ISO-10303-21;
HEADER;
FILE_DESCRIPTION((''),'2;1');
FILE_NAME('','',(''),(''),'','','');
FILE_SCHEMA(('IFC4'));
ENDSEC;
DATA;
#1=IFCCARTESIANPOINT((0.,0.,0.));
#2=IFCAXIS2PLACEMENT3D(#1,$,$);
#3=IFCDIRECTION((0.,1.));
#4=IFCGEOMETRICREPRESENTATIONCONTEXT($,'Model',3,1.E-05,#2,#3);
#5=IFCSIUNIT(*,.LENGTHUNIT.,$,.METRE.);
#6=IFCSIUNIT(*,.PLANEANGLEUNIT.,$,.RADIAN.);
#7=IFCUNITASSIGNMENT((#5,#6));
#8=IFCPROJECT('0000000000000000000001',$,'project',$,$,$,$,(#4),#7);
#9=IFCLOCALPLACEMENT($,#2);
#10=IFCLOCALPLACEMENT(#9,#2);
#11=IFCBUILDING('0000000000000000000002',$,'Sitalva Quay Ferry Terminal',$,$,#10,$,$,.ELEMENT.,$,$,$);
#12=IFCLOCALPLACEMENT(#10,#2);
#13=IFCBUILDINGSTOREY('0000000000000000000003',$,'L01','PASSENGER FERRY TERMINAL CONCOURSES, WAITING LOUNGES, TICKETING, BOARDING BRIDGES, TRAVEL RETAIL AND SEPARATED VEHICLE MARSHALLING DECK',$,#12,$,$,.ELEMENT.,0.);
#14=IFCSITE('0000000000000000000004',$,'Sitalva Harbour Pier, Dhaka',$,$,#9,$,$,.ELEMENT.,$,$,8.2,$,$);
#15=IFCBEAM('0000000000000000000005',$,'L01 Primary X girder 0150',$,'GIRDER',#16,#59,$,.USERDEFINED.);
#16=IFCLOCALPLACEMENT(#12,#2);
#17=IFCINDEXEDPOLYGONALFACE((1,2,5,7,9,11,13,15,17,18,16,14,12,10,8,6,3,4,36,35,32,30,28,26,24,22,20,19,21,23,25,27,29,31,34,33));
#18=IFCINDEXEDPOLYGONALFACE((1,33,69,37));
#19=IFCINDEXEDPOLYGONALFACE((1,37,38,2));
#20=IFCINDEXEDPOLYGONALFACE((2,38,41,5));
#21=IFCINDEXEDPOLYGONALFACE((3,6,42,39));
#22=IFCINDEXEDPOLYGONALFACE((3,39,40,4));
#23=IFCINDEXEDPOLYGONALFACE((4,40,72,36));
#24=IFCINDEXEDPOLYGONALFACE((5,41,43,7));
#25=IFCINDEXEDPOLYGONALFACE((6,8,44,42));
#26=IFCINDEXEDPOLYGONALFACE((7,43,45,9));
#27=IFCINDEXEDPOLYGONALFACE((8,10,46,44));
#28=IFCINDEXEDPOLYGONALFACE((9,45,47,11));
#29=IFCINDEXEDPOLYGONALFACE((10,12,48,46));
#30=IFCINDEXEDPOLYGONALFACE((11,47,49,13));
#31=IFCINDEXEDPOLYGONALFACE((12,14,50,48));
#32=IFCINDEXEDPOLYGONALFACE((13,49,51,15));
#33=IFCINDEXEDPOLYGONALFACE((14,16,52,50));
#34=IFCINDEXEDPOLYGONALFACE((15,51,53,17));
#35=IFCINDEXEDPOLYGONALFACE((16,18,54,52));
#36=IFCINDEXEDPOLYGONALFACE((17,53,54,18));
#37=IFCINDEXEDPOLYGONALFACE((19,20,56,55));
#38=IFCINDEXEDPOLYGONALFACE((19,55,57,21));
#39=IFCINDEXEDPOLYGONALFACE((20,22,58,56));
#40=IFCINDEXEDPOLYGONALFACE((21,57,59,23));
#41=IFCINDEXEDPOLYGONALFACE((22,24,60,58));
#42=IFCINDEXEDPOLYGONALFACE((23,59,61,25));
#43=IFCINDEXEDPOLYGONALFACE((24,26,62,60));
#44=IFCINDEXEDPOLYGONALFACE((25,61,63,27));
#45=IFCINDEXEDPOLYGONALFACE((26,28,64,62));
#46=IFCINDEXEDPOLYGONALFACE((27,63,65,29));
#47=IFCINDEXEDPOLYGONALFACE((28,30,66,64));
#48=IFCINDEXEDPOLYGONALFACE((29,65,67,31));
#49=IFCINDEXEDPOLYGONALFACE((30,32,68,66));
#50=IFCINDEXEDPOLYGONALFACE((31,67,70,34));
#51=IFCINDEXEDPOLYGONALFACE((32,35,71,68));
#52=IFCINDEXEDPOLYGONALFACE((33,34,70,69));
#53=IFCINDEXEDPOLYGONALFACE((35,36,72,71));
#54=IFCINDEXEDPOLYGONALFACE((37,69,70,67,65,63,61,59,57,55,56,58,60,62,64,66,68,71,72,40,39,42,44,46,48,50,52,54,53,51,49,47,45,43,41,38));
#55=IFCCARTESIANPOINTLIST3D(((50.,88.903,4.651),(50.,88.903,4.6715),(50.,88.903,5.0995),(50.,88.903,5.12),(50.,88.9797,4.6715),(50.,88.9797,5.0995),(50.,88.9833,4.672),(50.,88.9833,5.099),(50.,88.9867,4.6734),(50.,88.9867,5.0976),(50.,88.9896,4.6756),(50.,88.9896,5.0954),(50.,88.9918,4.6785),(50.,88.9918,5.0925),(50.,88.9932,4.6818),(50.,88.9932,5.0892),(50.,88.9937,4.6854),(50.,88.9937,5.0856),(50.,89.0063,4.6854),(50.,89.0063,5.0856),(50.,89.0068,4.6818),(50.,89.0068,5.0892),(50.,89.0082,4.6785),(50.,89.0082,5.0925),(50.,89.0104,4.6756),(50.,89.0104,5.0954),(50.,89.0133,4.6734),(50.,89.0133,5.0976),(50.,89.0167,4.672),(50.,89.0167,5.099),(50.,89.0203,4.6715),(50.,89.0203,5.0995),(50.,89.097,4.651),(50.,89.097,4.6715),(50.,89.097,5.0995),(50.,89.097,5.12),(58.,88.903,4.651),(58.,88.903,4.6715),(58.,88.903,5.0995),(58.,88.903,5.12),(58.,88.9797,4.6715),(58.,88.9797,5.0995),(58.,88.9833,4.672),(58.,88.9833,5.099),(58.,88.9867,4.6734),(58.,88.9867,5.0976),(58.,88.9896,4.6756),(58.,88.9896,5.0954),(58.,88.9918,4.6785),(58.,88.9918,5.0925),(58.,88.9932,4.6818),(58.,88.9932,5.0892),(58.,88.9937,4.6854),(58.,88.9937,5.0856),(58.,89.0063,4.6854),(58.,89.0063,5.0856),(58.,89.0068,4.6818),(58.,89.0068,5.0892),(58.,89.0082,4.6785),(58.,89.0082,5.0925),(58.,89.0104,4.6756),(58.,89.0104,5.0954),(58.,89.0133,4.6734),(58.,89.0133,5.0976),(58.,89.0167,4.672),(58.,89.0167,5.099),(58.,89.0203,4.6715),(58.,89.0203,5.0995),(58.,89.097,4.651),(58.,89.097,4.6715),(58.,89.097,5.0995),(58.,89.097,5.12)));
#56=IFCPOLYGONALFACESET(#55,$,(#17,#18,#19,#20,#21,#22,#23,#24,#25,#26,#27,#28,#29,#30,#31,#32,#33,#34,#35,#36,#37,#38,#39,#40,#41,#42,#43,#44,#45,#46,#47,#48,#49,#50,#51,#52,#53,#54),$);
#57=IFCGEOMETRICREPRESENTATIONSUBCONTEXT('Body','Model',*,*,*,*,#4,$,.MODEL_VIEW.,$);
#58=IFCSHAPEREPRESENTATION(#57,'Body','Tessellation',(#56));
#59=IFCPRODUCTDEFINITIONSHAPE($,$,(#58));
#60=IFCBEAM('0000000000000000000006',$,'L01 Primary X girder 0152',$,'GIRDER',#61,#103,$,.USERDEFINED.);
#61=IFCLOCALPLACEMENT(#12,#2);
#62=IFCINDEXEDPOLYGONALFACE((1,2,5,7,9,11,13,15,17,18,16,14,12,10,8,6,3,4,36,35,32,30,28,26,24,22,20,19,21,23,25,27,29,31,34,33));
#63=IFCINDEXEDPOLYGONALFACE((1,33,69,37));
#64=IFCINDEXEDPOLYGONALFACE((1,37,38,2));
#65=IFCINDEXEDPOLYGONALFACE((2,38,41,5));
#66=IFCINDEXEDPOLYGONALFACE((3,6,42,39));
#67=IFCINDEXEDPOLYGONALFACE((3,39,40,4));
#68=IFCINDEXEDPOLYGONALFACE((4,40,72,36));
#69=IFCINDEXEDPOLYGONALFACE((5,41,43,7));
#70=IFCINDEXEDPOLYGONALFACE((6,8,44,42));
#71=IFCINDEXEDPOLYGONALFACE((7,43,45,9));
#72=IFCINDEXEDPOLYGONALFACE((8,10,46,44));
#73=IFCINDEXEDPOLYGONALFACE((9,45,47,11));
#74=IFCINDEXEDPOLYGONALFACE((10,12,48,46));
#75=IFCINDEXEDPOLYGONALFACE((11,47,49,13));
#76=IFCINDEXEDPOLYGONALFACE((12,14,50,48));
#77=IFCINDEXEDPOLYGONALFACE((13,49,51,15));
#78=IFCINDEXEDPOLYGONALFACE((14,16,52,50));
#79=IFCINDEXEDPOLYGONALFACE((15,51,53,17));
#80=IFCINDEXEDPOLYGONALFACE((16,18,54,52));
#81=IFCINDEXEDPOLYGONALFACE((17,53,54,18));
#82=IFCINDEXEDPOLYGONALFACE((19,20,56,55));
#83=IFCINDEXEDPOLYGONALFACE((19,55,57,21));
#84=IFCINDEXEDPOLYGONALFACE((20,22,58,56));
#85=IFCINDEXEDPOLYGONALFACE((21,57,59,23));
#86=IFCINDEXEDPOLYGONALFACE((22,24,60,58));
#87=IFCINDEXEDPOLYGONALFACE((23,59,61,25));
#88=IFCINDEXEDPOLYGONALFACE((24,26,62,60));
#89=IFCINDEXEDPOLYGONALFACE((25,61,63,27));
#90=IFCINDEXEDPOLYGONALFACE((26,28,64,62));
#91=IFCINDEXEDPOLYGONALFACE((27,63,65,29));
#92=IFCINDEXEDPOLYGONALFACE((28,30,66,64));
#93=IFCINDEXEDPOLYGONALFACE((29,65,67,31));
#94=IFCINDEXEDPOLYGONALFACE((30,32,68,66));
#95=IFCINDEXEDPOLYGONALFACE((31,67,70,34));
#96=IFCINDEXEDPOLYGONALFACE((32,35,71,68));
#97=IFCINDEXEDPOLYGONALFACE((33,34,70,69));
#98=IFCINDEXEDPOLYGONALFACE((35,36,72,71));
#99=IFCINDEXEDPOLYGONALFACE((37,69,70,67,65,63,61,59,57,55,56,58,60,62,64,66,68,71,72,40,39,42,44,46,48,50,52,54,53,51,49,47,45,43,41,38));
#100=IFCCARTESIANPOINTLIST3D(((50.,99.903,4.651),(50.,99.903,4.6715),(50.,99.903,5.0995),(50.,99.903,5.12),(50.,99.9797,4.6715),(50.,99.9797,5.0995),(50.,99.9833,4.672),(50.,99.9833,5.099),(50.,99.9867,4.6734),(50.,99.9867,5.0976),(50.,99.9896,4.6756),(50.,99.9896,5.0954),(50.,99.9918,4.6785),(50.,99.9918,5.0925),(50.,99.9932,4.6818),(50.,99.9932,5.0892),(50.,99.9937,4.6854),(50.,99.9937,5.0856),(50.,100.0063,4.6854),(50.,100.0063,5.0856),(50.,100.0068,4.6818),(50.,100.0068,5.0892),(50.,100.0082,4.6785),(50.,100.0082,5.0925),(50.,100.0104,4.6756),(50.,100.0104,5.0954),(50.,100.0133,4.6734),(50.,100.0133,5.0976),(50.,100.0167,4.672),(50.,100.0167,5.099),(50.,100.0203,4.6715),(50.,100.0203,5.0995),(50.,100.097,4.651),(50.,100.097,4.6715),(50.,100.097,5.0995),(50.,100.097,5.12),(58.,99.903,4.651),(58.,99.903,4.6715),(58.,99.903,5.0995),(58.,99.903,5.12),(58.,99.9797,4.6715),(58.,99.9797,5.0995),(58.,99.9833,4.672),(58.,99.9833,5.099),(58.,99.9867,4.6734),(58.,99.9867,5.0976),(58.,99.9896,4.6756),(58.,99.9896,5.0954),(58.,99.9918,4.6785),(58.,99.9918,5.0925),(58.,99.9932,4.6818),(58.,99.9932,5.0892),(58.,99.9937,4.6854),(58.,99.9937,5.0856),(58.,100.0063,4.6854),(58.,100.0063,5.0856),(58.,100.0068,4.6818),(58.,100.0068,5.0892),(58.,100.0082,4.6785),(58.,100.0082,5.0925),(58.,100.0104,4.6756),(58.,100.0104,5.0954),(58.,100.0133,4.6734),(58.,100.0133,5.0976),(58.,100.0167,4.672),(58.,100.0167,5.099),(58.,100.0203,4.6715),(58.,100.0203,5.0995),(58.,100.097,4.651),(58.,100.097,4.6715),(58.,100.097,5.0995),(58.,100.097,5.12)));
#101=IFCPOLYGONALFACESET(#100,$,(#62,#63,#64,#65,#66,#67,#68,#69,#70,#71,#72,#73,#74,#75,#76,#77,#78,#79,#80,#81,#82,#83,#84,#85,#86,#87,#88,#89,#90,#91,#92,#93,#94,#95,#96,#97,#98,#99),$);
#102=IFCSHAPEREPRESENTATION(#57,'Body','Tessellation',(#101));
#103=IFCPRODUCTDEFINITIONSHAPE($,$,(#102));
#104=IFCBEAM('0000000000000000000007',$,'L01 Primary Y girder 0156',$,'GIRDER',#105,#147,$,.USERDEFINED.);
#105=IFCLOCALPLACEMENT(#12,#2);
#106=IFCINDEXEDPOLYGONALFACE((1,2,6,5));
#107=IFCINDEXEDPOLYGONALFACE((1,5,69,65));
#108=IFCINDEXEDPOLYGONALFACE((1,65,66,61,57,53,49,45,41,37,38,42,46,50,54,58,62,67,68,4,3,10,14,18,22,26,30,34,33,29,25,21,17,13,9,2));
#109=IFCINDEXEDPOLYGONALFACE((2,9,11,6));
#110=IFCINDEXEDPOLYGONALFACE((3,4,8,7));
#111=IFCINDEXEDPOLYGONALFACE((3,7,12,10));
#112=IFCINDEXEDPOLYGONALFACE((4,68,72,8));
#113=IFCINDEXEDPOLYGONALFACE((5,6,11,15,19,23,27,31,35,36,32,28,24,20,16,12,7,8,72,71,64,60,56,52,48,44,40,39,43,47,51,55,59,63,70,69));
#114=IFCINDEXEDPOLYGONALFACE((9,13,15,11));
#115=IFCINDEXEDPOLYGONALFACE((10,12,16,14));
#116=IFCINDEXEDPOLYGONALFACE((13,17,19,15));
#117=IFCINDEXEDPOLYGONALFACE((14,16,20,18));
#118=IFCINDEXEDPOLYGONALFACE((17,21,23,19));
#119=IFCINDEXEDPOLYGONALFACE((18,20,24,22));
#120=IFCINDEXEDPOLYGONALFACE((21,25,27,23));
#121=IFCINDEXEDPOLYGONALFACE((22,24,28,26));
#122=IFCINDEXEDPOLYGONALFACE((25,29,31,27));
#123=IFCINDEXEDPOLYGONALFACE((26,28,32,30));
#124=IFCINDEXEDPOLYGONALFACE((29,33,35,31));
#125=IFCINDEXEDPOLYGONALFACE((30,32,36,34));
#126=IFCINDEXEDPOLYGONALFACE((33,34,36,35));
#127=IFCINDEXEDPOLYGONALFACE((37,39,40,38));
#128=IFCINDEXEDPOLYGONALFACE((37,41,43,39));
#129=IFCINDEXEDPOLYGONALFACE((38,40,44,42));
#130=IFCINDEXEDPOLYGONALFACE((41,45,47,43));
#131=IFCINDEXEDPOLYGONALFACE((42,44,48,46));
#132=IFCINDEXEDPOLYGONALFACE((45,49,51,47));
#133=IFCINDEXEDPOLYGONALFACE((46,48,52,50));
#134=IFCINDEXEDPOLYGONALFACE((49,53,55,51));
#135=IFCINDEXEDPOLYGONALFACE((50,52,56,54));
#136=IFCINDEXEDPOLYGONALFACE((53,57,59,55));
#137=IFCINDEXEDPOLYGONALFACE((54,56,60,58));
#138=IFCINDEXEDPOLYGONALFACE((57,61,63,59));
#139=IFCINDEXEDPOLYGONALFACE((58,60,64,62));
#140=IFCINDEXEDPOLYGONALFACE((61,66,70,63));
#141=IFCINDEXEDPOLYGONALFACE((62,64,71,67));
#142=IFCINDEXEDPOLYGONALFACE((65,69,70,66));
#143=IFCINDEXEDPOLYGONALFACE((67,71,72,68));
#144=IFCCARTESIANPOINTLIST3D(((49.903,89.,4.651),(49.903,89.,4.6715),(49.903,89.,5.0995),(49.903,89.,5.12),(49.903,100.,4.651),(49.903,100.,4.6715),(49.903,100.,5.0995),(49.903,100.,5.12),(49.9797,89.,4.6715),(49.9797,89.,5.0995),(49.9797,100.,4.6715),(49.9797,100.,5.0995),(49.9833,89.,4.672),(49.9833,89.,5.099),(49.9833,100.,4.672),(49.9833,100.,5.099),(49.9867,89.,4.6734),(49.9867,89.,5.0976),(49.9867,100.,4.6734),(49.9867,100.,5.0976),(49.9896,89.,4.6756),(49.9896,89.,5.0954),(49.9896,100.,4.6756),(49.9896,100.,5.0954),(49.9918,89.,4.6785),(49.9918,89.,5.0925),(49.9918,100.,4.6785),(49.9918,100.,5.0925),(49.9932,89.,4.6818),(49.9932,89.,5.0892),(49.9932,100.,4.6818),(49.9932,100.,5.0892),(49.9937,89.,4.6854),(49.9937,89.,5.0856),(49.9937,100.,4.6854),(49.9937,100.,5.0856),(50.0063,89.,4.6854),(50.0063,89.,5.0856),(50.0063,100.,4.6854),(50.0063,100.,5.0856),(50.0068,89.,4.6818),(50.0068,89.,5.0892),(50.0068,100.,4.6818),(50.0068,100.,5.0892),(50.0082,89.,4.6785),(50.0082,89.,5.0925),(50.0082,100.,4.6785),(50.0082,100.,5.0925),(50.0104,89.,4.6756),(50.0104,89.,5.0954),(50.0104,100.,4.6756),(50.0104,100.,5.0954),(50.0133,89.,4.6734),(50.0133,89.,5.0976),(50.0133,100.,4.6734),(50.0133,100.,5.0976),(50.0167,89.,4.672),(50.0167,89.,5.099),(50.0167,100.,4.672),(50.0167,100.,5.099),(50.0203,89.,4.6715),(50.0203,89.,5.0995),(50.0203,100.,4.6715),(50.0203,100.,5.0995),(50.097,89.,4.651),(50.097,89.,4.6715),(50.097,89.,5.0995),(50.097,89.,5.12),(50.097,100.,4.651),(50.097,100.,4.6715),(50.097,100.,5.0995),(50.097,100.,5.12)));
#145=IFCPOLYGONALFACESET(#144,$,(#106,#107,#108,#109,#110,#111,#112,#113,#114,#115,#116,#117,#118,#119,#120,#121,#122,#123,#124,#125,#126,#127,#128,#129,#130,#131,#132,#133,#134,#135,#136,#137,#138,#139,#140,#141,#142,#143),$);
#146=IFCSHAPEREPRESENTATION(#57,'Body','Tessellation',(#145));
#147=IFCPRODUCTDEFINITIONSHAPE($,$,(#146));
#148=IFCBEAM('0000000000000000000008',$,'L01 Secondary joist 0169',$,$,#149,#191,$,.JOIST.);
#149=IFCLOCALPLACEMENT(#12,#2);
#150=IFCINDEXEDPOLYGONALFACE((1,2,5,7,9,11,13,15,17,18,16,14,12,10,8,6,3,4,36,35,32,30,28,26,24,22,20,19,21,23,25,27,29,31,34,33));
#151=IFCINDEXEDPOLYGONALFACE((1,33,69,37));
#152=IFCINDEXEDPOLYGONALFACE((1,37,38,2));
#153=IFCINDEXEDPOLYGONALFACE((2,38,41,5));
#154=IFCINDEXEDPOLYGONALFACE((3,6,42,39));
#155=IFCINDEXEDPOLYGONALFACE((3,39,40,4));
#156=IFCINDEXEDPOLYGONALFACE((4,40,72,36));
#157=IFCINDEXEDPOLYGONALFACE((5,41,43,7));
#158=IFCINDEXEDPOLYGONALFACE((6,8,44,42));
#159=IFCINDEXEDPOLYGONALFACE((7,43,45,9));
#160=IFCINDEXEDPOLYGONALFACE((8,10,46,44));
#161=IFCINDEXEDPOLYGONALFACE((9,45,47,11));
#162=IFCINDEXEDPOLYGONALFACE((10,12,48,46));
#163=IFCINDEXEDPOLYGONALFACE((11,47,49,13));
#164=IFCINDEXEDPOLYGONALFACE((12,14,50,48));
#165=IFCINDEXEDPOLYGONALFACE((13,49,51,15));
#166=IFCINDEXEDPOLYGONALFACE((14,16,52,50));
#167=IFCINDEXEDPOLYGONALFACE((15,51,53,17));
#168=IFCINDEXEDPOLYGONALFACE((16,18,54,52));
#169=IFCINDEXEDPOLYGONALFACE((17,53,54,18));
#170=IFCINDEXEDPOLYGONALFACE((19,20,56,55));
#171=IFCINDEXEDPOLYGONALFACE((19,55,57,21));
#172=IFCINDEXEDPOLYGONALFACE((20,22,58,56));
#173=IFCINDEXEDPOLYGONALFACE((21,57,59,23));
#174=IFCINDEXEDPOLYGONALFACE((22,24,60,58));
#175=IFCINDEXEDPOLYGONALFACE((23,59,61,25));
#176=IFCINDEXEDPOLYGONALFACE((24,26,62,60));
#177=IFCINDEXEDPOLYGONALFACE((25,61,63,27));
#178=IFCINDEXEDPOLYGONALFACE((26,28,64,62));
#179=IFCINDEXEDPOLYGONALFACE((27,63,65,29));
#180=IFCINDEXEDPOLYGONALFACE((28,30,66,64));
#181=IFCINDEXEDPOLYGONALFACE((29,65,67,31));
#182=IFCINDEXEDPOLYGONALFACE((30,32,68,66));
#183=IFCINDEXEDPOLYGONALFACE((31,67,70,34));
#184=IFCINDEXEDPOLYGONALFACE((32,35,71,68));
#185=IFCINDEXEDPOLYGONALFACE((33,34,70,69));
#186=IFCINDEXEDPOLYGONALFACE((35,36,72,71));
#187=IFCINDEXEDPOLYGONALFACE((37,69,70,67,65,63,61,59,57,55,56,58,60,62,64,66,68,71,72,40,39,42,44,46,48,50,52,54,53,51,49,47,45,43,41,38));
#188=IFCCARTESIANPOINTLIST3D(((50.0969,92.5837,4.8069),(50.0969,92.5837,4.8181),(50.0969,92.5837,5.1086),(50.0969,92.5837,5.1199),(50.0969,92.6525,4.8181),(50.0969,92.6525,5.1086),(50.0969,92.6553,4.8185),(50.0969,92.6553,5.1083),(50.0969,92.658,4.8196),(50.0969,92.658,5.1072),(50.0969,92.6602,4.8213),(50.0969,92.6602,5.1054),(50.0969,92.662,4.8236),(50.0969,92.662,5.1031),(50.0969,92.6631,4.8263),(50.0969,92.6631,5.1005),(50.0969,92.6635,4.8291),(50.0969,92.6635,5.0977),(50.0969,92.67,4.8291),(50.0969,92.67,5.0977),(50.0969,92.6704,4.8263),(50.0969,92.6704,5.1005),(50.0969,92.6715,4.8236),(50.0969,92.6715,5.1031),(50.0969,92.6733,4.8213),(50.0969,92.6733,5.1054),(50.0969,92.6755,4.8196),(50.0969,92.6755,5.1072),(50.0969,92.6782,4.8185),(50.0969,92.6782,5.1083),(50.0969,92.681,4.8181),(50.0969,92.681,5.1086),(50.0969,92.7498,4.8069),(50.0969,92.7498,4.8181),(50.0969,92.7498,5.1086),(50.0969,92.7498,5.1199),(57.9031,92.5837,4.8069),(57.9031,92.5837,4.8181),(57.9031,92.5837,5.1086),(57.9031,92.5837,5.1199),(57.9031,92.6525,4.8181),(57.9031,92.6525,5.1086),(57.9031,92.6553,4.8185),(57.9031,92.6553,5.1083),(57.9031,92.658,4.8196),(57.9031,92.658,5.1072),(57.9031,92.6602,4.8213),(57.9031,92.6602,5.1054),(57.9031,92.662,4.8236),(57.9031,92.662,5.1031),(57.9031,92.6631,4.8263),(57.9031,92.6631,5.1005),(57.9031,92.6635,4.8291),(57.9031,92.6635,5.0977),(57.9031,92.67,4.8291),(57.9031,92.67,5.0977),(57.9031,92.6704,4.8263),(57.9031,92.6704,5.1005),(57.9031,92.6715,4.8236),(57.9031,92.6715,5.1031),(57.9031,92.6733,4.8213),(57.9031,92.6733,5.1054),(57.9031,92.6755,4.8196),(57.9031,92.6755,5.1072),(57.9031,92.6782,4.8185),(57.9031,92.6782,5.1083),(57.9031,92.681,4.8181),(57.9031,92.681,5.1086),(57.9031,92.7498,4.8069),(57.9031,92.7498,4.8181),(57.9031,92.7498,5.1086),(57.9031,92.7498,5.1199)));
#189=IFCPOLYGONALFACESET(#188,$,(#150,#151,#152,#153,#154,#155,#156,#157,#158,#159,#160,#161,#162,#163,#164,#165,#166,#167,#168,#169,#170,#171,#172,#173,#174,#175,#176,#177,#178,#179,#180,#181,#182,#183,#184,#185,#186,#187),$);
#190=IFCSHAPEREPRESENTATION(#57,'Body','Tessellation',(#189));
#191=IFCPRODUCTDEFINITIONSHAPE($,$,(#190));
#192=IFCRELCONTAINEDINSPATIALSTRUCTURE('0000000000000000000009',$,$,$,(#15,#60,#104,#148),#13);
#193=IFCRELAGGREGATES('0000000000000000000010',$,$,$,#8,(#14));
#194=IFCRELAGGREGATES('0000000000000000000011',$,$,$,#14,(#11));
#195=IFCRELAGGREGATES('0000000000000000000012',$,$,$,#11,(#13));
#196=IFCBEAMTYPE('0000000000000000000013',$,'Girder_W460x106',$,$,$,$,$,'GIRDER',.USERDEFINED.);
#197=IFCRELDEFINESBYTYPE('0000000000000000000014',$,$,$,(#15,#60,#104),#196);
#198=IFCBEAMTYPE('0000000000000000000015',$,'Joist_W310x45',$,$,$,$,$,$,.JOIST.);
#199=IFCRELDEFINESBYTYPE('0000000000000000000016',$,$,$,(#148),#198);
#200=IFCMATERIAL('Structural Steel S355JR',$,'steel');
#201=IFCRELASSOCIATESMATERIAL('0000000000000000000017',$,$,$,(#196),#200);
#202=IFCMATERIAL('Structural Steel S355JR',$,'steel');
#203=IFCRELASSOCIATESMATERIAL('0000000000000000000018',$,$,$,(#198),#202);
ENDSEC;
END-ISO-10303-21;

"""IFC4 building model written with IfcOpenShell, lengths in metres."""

from ifc_helpers import new_model, si_unit, direction, frame, origin, origin_2d, place, context, subcontext, project, spatial, i_section, extrude, material, material_profile, profile_set, type_object, element, save


model = new_model("IFC4")

# Units and contexts
model_context = context("Model", 3, precision=1e-05, world=origin(), true_north=direction((0.0, 1.0)))
body_context = subcontext(model_context, "Body", "Model", "MODEL_VIEW")
ifc_project = project(units=[si_unit("LENGTHUNIT", "METRE"), si_unit("PLANEANGLEUNIT", "RADIAN")], contexts=[model_context])

# Site, building, storey
site_placement = place(None, origin())
site = spatial("IfcSite", under=ifc_project, at=site_placement, Name="Sitalva Harbour Pier, Dhaka", CompositionType="ELEMENT", RefElevation=8.2)
building_placement = place(site_placement, origin())
building = spatial("IfcBuilding", under=site, at=building_placement, Name="Sitalva Quay Ferry Terminal", CompositionType="ELEMENT")
storey_placement = place(building_placement, origin())
storey = spatial("IfcBuildingStorey", under=building, at=storey_placement, Name="L01", Description="PASSENGER FERRY TERMINAL CONCOURSES, WAITING LOUNGES, TICKETING, BOARDING BRIDGES, TRAVEL RETAIL AND SEPARATED VEHICLE MARSHALLING DECK", CompositionType="ELEMENT", Elevation=0.0)

# Beams
ifc_material_1 = material(Name="Structural Steel S355JR", Category="steel")
ifc_material_profile_1 = material_profile(ifc_material_1, i_section(OverallWidth=0.1941, OverallDepth=0.469, WebThickness=0.0127, FlangeThickness=0.0205, FilletRadius=0.0139, at=origin_2d()), Name="W460x106")
ifc_profile_set_1 = profile_set([ifc_material_profile_1], Name="Structural Steel S355JR")
beam_type_1 = type_object("IfcBeamType", Name="Girder_W460x106", ElementType="GIRDER", PredefinedType="USERDEFINED", material=ifc_profile_set_1)
for number, where, z_axis, x_axis, name in (
    (1, (50.0, 89.0, 4.8855), (1.0, 0.0, 0.0), (0.0, 1.0, 0.0), "L01 Primary X girder 0150"),
    (2, (50.0, 100.0, 4.8855), (1.0, 0.0, 0.0), (0.0, 1.0, 0.0), "L01 Primary X girder 0152"),
):
    element("IfcBeam", number, at=place(storey_placement, frame(where, z_axis=z_axis, x_axis=x_axis)), inside=storey, type_object=beam_type_1, Name=name, ObjectType="GIRDER", PredefinedType="USERDEFINED", context=body_context, shape_type="SweptSolid", body=[
        extrude(i_section(OverallWidth=0.1941, OverallDepth=0.469, WebThickness=0.0127, FlangeThickness=0.0205, FilletRadius=0.0139, at=origin_2d()), origin(), (0.0, 0.0, 1.0), 8.0),
    ])
beam_1_placement = place(storey_placement, frame((50.0, 89.0, 4.8855), z_axis=(0.0, 1.0, 0.0), x_axis=(-1.0, 0.0, 0.0)))
element("IfcBeam", 3, at=beam_1_placement, inside=storey, type_object=beam_type_1, Name="L01 Primary Y girder 0156", ObjectType="GIRDER", PredefinedType="USERDEFINED", context=body_context, shape_type="SweptSolid", body=[
    extrude(i_section(OverallWidth=0.1941, OverallDepth=0.469, WebThickness=0.0127, FlangeThickness=0.0205, FilletRadius=0.0139, at=origin_2d()), origin(), (0.0, 0.0, 1.0), 11.0),
])
ifc_material_2 = material(Name="Structural Steel S355JR", Category="steel")
ifc_material_profile_2 = material_profile(ifc_material_2, i_section(OverallWidth=0.166, OverallDepth=0.313, WebThickness=0.0066, FlangeThickness=0.0112, FilletRadius=0.011, at=origin_2d()), Name="W310x45")
ifc_profile_set_2 = profile_set([ifc_material_profile_2], Name="Structural Steel S355JR")
beam_type_2 = type_object("IfcBeamType", Name="Joist_W310x45", PredefinedType="JOIST", material=ifc_profile_set_2)
for number, where, z_axis, x_axis, name in (
    (4, (50.0969, 92.6667, 4.9634), (1.0, 0.0, 0.0), (0.0, 1.0, 0.0), "L01 Secondary joist 0169"),
):
    element("IfcBeam", number, at=place(storey_placement, frame(where, z_axis=z_axis, x_axis=x_axis)), inside=storey, type_object=beam_type_2, Name=name, PredefinedType="JOIST", context=body_context, shape_type="SweptSolid", body=[
        extrude(i_section(OverallWidth=0.166, OverallDepth=0.313, WebThickness=0.0066, FlangeThickness=0.0112, FilletRadius=0.011, at=origin_2d()), origin(), (0.0, 0.0, 1.0), 7.8062),
    ])

save(model, "model.ifc")
